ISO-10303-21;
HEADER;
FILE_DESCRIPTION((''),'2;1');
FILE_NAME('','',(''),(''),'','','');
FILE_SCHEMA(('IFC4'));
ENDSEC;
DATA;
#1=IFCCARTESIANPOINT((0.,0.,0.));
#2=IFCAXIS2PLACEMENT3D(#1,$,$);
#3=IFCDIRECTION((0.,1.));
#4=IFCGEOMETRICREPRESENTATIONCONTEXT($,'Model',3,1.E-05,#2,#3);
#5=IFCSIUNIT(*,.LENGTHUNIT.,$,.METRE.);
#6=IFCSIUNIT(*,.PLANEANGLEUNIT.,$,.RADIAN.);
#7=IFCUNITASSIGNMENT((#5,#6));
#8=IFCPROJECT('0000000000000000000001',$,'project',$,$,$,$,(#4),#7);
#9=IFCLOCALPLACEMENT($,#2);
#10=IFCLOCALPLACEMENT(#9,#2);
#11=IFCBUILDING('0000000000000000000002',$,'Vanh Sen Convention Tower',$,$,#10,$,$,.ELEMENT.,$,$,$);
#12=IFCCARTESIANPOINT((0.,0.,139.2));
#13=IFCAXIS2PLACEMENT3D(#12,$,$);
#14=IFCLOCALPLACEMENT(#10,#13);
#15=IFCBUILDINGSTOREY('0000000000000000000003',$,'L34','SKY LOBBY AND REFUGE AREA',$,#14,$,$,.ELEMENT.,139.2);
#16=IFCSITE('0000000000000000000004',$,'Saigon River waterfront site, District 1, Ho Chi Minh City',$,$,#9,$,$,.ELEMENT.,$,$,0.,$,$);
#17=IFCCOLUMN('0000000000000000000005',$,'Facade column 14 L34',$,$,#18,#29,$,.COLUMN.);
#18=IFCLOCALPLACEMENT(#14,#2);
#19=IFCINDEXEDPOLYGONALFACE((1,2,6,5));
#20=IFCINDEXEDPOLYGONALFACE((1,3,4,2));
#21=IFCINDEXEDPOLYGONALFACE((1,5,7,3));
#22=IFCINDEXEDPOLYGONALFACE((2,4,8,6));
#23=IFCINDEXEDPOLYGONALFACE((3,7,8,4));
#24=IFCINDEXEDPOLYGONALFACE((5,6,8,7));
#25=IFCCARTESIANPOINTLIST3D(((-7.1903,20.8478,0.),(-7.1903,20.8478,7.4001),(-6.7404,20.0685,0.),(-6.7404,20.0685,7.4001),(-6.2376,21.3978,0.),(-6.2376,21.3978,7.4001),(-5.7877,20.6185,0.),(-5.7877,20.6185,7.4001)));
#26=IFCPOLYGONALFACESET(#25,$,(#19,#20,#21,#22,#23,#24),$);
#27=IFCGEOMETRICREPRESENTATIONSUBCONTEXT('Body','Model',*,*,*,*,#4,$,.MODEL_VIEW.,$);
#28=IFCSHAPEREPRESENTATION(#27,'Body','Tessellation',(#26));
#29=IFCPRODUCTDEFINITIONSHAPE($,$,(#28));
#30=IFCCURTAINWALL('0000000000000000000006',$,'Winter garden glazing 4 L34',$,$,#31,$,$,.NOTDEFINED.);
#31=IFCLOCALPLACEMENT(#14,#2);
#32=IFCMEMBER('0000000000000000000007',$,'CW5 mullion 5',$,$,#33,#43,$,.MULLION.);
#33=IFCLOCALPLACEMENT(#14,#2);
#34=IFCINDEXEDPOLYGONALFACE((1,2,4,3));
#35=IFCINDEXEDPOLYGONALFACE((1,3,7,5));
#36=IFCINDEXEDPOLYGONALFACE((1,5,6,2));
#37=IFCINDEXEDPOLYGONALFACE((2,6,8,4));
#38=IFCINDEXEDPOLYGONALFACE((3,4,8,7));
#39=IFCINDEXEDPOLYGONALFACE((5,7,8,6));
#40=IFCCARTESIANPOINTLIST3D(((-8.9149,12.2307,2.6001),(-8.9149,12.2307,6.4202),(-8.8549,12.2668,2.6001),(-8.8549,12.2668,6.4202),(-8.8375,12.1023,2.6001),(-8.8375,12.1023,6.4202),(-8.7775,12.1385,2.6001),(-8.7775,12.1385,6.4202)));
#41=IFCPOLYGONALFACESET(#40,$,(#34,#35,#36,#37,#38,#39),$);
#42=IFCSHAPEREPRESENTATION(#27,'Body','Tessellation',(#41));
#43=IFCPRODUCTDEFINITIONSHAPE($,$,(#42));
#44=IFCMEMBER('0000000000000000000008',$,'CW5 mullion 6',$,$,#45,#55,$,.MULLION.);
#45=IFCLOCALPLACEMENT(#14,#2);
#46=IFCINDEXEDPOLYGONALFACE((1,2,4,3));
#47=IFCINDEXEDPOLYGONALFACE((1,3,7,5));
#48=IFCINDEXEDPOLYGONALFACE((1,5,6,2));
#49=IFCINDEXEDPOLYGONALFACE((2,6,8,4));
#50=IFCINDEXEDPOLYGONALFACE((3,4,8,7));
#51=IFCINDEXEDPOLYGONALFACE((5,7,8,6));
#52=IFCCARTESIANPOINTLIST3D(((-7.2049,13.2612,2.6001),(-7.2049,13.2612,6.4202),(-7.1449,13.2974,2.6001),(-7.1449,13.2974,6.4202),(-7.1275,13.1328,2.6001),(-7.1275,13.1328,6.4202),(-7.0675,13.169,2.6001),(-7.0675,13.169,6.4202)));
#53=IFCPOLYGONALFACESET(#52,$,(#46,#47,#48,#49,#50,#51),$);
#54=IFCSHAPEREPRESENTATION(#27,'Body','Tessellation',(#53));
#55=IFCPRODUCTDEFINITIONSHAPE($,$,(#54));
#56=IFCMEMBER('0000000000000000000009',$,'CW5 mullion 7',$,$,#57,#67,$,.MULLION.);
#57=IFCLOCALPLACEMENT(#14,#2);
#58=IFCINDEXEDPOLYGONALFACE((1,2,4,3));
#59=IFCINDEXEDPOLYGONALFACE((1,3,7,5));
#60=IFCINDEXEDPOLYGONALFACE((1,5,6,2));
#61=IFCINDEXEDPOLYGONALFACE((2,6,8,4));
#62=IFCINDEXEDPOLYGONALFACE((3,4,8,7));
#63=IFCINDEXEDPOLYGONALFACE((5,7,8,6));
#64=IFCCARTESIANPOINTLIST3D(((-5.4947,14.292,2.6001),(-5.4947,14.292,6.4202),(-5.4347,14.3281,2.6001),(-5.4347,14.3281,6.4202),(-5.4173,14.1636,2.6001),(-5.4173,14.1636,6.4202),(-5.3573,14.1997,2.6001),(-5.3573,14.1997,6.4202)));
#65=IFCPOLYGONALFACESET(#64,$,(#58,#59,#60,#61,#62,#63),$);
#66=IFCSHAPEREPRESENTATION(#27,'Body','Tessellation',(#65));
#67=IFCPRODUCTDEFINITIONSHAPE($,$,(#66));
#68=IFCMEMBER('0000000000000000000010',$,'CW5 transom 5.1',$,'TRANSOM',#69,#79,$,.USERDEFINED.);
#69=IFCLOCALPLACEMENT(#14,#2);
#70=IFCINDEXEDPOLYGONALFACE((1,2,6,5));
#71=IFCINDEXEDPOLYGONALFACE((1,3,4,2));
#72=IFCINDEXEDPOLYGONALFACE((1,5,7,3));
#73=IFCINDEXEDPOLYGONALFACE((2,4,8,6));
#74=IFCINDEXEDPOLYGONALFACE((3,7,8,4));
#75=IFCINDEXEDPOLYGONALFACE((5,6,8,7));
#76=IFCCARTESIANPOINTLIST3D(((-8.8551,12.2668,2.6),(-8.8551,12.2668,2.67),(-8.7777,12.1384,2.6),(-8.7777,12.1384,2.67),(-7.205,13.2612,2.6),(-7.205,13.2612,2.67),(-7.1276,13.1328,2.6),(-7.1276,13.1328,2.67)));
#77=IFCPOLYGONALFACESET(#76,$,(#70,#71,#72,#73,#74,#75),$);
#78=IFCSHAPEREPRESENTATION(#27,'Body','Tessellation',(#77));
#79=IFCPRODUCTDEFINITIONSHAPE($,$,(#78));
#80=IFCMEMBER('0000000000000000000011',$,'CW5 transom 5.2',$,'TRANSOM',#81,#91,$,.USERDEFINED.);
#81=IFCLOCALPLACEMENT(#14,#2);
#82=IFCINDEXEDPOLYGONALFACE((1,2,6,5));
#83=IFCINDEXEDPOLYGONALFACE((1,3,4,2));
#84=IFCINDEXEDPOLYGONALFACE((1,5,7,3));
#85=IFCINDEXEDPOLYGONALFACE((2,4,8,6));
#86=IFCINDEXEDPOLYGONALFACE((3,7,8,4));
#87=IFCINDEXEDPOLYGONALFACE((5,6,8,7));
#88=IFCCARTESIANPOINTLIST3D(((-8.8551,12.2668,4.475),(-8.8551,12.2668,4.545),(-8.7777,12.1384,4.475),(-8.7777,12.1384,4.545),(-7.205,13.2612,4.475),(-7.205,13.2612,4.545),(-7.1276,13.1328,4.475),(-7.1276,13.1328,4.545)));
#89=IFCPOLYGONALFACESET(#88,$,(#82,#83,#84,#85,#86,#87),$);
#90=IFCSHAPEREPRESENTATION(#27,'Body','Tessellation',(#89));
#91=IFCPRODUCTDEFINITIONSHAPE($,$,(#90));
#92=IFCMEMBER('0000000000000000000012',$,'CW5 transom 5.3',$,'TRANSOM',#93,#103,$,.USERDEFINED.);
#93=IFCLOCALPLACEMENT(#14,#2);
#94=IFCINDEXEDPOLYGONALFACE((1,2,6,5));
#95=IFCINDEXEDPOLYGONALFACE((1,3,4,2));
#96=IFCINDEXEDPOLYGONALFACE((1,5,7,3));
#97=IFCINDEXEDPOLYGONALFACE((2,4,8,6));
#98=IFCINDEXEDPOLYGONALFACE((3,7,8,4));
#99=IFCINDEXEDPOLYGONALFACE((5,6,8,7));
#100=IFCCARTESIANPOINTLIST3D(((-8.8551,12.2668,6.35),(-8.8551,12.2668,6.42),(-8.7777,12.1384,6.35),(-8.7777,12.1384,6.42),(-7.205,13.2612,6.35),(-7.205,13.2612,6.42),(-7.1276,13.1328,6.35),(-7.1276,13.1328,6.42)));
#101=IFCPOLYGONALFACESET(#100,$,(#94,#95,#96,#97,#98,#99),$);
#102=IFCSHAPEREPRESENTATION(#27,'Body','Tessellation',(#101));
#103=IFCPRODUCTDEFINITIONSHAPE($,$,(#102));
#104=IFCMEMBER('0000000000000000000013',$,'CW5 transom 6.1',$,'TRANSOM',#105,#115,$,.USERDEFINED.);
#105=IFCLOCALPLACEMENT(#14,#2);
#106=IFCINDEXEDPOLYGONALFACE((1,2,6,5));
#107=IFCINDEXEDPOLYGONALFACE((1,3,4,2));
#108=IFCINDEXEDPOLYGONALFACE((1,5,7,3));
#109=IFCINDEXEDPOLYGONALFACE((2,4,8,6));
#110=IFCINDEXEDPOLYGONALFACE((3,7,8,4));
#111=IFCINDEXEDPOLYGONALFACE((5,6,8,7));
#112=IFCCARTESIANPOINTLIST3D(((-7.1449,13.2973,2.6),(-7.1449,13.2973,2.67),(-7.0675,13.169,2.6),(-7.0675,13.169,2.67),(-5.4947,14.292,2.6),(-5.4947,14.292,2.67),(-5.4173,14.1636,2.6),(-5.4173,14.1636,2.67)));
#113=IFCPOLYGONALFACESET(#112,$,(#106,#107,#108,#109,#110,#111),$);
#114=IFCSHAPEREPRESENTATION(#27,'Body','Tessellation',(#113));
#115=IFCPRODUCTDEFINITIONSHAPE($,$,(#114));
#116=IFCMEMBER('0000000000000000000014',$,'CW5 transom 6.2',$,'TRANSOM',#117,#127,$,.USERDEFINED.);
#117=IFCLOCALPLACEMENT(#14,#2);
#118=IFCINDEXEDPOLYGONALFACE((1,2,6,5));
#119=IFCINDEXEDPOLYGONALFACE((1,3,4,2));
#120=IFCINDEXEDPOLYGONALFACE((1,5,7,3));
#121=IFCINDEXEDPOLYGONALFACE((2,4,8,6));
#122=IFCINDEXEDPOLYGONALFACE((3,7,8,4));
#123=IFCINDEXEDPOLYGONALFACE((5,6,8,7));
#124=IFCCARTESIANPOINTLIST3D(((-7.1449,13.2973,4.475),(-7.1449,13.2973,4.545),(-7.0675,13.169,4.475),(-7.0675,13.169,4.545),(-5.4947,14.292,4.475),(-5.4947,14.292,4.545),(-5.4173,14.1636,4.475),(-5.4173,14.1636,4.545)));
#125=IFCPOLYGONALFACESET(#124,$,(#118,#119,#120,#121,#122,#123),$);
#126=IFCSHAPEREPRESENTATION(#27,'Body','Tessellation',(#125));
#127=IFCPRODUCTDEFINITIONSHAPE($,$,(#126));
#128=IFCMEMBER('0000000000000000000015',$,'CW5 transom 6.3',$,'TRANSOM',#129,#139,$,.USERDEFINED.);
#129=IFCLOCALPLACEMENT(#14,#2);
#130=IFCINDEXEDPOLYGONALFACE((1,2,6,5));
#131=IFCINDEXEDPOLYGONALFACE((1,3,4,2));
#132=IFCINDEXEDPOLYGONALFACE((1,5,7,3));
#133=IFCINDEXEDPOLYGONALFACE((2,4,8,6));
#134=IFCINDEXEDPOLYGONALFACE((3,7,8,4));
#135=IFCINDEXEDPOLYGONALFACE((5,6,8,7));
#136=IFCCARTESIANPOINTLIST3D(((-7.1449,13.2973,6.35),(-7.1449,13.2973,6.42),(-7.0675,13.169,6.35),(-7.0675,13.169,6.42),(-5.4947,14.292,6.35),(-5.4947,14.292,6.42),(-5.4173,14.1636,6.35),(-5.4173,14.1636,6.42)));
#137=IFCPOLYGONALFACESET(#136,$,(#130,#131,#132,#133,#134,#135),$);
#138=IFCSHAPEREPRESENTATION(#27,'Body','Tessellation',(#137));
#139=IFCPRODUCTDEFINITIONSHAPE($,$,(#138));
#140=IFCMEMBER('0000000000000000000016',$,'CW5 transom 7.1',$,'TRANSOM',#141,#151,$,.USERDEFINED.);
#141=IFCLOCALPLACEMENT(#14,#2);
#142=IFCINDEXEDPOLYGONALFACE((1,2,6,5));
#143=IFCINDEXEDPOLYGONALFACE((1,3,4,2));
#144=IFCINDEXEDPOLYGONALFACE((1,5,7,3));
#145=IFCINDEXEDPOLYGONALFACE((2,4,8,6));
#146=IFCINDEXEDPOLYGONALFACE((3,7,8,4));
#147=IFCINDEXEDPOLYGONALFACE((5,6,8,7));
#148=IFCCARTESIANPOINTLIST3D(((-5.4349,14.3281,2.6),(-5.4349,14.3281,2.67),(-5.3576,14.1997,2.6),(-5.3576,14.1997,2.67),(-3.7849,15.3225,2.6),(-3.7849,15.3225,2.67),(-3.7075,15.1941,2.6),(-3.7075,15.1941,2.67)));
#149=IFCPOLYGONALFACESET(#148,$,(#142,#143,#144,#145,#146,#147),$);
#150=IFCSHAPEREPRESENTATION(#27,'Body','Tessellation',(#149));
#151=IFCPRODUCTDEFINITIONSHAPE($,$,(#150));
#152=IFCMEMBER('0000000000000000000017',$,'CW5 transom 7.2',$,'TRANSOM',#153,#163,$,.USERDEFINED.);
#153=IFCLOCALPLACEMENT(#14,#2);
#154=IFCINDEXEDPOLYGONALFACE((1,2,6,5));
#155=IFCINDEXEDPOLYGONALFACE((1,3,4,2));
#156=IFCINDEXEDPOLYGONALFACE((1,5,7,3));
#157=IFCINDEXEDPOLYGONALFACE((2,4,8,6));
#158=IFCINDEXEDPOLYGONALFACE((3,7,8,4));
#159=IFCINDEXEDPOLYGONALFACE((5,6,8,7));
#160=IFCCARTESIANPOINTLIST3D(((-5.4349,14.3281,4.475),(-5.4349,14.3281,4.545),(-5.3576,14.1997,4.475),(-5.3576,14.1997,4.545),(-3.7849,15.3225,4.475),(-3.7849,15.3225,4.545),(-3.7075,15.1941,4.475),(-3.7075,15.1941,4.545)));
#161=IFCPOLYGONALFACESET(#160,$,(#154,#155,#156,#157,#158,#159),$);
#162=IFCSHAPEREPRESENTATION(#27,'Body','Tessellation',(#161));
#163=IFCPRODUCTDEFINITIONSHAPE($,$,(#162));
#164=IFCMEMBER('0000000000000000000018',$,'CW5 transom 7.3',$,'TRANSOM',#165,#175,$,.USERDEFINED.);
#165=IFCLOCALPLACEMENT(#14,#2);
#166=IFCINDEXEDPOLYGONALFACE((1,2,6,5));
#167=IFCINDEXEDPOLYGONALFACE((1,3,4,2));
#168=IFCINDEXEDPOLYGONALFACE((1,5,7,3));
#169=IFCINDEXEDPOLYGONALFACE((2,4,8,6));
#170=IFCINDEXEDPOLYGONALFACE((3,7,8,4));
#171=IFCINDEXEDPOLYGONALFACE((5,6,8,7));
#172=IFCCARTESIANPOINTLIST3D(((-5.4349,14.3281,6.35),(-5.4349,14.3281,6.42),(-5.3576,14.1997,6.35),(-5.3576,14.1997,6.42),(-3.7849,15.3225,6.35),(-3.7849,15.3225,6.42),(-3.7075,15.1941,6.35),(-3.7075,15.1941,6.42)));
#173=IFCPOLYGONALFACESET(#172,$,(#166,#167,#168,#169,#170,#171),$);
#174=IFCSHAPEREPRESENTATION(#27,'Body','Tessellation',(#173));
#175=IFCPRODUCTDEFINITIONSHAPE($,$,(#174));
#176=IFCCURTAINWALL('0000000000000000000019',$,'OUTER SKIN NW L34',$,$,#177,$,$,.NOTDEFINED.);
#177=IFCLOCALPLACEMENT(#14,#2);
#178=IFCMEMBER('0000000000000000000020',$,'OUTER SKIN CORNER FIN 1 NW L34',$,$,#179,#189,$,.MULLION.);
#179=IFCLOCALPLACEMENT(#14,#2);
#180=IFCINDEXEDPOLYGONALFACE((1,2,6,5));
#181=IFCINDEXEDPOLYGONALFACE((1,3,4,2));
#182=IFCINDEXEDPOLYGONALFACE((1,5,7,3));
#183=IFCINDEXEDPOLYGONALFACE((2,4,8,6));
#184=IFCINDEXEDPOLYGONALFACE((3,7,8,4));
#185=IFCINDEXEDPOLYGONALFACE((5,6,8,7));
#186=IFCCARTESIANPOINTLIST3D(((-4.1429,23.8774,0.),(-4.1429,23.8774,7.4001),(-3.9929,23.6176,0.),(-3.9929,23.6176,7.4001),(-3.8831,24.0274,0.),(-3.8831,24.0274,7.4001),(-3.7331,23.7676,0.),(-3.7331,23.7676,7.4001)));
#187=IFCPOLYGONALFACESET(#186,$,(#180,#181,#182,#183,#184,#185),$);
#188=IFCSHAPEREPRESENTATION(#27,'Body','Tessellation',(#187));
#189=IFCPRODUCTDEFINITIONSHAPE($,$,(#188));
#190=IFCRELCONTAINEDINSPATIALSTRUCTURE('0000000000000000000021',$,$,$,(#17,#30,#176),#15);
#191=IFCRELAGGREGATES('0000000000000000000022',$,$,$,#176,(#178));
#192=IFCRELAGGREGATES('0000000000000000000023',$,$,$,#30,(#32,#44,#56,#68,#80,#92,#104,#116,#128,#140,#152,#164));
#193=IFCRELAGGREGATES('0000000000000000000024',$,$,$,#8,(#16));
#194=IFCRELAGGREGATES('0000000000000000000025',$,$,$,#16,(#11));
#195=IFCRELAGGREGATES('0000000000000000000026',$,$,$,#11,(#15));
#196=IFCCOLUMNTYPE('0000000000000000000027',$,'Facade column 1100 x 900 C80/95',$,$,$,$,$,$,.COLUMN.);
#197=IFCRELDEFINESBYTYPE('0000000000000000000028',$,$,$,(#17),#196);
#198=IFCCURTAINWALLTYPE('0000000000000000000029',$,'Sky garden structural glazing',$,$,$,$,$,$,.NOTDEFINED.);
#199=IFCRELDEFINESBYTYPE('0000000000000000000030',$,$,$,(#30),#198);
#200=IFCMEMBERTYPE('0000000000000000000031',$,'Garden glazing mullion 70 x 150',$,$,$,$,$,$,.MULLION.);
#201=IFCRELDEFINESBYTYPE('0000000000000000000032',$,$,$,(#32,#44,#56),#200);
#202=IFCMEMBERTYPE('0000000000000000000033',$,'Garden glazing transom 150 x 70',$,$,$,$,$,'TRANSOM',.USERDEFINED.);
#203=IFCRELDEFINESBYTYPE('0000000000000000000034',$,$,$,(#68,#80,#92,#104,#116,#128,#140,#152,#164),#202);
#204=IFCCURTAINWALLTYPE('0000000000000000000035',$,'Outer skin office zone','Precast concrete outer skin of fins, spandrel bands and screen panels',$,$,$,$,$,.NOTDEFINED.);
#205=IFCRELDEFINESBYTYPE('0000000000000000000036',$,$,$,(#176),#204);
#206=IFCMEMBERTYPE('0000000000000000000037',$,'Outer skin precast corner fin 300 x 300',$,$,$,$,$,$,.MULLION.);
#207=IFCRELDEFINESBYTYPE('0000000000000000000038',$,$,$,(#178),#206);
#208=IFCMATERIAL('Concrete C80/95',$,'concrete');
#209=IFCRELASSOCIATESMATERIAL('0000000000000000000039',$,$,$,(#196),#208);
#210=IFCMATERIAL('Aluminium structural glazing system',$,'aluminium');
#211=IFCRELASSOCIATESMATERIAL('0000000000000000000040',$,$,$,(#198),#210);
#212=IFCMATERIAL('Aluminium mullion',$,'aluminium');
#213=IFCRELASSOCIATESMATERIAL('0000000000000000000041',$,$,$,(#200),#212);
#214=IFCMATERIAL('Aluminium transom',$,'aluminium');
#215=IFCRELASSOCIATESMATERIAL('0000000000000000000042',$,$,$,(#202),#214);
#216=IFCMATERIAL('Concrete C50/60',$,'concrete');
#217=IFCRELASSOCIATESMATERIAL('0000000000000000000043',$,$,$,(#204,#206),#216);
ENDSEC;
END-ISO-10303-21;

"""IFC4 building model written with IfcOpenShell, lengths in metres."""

from ifc_helpers import new_model, si_unit, direction, frame, origin, origin_2d, place, context, subcontext, project, spatial, rectangle, extrude, material, material_profile, profile_set, type_object, element, aggregate, save


model = new_model("IFC4")

# Units and contexts
model_context = context("Model", 3, precision=1e-05, world=origin(), true_north=direction((0.0, 1.0)))
body_context = subcontext(model_context, "Body", "Model", "MODEL_VIEW")
ifc_project = project(units=[si_unit("LENGTHUNIT", "METRE"), si_unit("PLANEANGLEUNIT", "RADIAN")], contexts=[model_context])

# Site, building, storey
site_placement = place(None, origin())
site = spatial("IfcSite", under=ifc_project, at=site_placement, Name="Saigon River waterfront site, District 1, Ho Chi Minh City", CompositionType="ELEMENT", RefElevation=0.0)
building_placement = place(site_placement, origin())
building = spatial("IfcBuilding", under=site, at=building_placement, Name="Vanh Sen Convention Tower", CompositionType="ELEMENT")
storey_placement = place(building_placement, frame((0.0, 0.0, 139.2)))
storey = spatial("IfcBuildingStorey", under=building, at=storey_placement, Name="L34", Description="SKY LOBBY AND REFUGE AREA", CompositionType="ELEMENT", Elevation=139.2)

# Column
ifc_material_1 = material(Name="Concrete C80/95", Category="concrete")
ifc_material_profile_1 = material_profile(ifc_material_1, rectangle(XDim=1.1001, YDim=0.8999, at=origin_2d()), Name="RC 1100X900")
ifc_profile_set_1 = profile_set([ifc_material_profile_1], Name="Concrete C80/95")
column_type = type_object("IfcColumnType", Name="Facade column 1100 x 900 C80/95", PredefinedType="COLUMN", material=ifc_profile_set_1)
column_placement = place(storey_placement, frame((-6.489, 20.7332, 0.0), z_axis=(0.0, 0.0, 1.0), x_axis=(-0.866025, -0.5, 0.0)))
element("IfcColumn", 1, at=column_placement, inside=storey, type_object=column_type, Name="Facade column 14 L34", PredefinedType="COLUMN", context=body_context, shape_type="SweptSolid", body=[
    extrude(rectangle(XDim=1.1001, YDim=0.8999, at=origin_2d()), origin(), (0.0, 0.0, 1.0), 7.4001),
])

# Curtain walls, members
ifc_material_2 = material(Name="Aluminium structural glazing system", Category="aluminium")
curtain_wall_type_1 = type_object("IfcCurtainWallType", Name="Sky garden structural glazing", PredefinedType="NOTDEFINED", material=ifc_material_2)
curtain_wall_1_placement = place(storey_placement, origin())
curtain_wall_1 = element("IfcCurtainWall", 2, at=curtain_wall_1_placement, inside=storey, type_object=curtain_wall_type_1, Name="Winter garden glazing 4 L34", PredefinedType="NOTDEFINED")
ifc_material_3 = material(Name="Aluminium mullion", Category="aluminium")
ifc_material_profile_2 = material_profile(ifc_material_3, rectangle(XDim=0.1499, YDim=0.0701, at=origin_2d()), Name="Garden glazing mullion 70 x 150")
ifc_profile_set_2 = profile_set([ifc_material_profile_2], Name="Aluminium mullion")
member_type_1 = type_object("IfcMemberType", Name="Garden glazing mullion 70 x 150", PredefinedType="MULLION", material=ifc_profile_set_2)
member_1_placement = place(storey_placement, frame((-8.8462, 12.1846, 2.6001), z_axis=(0.0, 0.0, 1.0), x_axis=(-0.516176, 0.856483, 0.0)))
member_1 = element("IfcMember", 3, at=member_1_placement, type_object=member_type_1, Name="CW5 mullion 5", PredefinedType="MULLION", context=body_context, shape_type="SweptSolid", body=[
    extrude(rectangle(XDim=0.1499, YDim=0.0701, at=origin_2d()), origin(), (0.0, 0.0, 1.0), 3.8201),
])
member_2_placement = place(storey_placement, frame((-7.1362, 13.2151, 2.6001), z_axis=(0.0, 0.0, 1.0), x_axis=(-0.516176, 0.856483, 0.0)))
member_2 = element("IfcMember", 4, at=member_2_placement, type_object=member_type_1, Name="CW5 mullion 6", PredefinedType="MULLION", context=body_context, shape_type="SweptSolid", body=[
    extrude(rectangle(XDim=0.1499, YDim=0.0701, at=origin_2d()), origin(), (0.0, 0.0, 1.0), 3.8201),
])
member_3_placement = place(storey_placement, frame((-5.426, 14.2458, 2.6001), z_axis=(0.0, 0.0, 1.0), x_axis=(-0.516176, 0.856483, 0.0)))
member_3 = element("IfcMember", 5, at=member_3_placement, type_object=member_type_1, Name="CW5 mullion 7", PredefinedType="MULLION", context=body_context, shape_type="SweptSolid", body=[
    extrude(rectangle(XDim=0.1499, YDim=0.0701, at=origin_2d()), origin(), (0.0, 0.0, 1.0), 3.8201),
])
ifc_material_4 = material(Name="Aluminium transom", Category="aluminium")
ifc_material_profile_3 = material_profile(ifc_material_4, rectangle(XDim=0.1499, YDim=0.0701, at=origin_2d()), Name="Garden glazing transom 150 x 70")
ifc_profile_set_3 = profile_set([ifc_material_profile_3], Name="Aluminium transom")
member_type_2 = type_object("IfcMemberType", Name="Garden glazing transom 150 x 70", ElementType="TRANSOM", PredefinedType="USERDEFINED", material=ifc_profile_set_3)
member_4_placement = place(storey_placement, frame((-8.8164, 12.2026, 2.635), z_axis=(0.856507, 0.516135, 0.0), x_axis=(-0.516135, 0.856507, 0.0)))
member_4 = element("IfcMember", 6, at=member_4_placement, type_object=member_type_2, Name="CW5 transom 5.1", ObjectType="TRANSOM", PredefinedType="USERDEFINED", context=body_context, shape_type="SweptSolid", body=[
    extrude(rectangle(XDim=0.1499, YDim=0.0701, at=origin_2d()), origin(), (0.0, 0.0, 1.0), 1.9265),
])
member_5_placement = place(storey_placement, frame((-8.8164, 12.2026, 4.51), z_axis=(0.856507, 0.516135, 0.0), x_axis=(-0.516135, 0.856507, 0.0)))
member_5 = element("IfcMember", 7, at=member_5_placement, type_object=member_type_2, Name="CW5 transom 5.2", ObjectType="TRANSOM", PredefinedType="USERDEFINED", context=body_context, shape_type="SweptSolid", body=[
    extrude(rectangle(XDim=0.1499, YDim=0.0701, at=origin_2d()), origin(), (0.0, 0.0, 1.0), 1.9265),
])
member_6_placement = place(storey_placement, frame((-8.8164, 12.2026, 6.385), z_axis=(0.856507, 0.516135, 0.0), x_axis=(-0.516135, 0.856507, 0.0)))
member_6 = element("IfcMember", 8, at=member_6_placement, type_object=member_type_2, Name="CW5 transom 5.3", ObjectType="TRANSOM", PredefinedType="USERDEFINED", context=body_context, shape_type="SweptSolid", body=[
    extrude(rectangle(XDim=0.1499, YDim=0.0701, at=origin_2d()), origin(), (0.0, 0.0, 1.0), 1.9265),
])
member_7_placement = place(storey_placement, frame((-7.1062, 13.2332, 2.635), z_axis=(0.856451, 0.516228, 0.0), x_axis=(-0.516228, 0.856451, 0.0)))
member_7 = element("IfcMember", 9, at=member_7_placement, type_object=member_type_2, Name="CW5 transom 6.1", ObjectType="TRANSOM", PredefinedType="USERDEFINED", context=body_context, shape_type="SweptSolid", body=[
    extrude(rectangle(XDim=0.1499, YDim=0.0701, at=origin_2d()), origin(), (0.0, 0.0, 1.0), 1.9268),
])
member_8_placement = place(storey_placement, frame((-7.1062, 13.2332, 4.51), z_axis=(0.856451, 0.516228, 0.0), x_axis=(-0.516228, 0.856451, 0.0)))
member_8 = element("IfcMember", 10, at=member_8_placement, type_object=member_type_2, Name="CW5 transom 6.2", ObjectType="TRANSOM", PredefinedType="USERDEFINED", context=body_context, shape_type="SweptSolid", body=[
    extrude(rectangle(XDim=0.1499, YDim=0.0701, at=origin_2d()), origin(), (0.0, 0.0, 1.0), 1.9268),
])
member_9_placement = place(storey_placement, frame((-7.1062, 13.2332, 6.385), z_axis=(0.856451, 0.516228, 0.0), x_axis=(-0.516228, 0.856451, 0.0)))
member_9 = element("IfcMember", 11, at=member_9_placement, type_object=member_type_2, Name="CW5 transom 6.3", ObjectType="TRANSOM", PredefinedType="USERDEFINED", context=body_context, shape_type="SweptSolid", body=[
    extrude(rectangle(XDim=0.1499, YDim=0.0701, at=origin_2d()), origin(), (0.0, 0.0, 1.0), 1.9268),
])
member_10_placement = place(storey_placement, frame((-5.3962, 14.2639, 2.635), z_axis=(0.856507, 0.516135, 0.0), x_axis=(-0.516135, 0.856507, 0.0)))
member_10 = element("IfcMember", 12, at=member_10_placement, type_object=member_type_2, Name="CW5 transom 7.1", ObjectType="TRANSOM", PredefinedType="USERDEFINED", context=body_context, shape_type="SweptSolid", body=[
    extrude(rectangle(XDim=0.1499, YDim=0.0701, at=origin_2d()), origin(), (0.0, 0.0, 1.0), 1.9265),
])
member_11_placement = place(storey_placement, frame((-5.3962, 14.2639, 4.51), z_axis=(0.856507, 0.516135, 0.0), x_axis=(-0.516135, 0.856507, 0.0)))
member_11 = element("IfcMember", 13, at=member_11_placement, type_object=member_type_2, Name="CW5 transom 7.2", ObjectType="TRANSOM", PredefinedType="USERDEFINED", context=body_context, shape_type="SweptSolid", body=[
    extrude(rectangle(XDim=0.1499, YDim=0.0701, at=origin_2d()), origin(), (0.0, 0.0, 1.0), 1.9265),
])
member_12_placement = place(storey_placement, frame((-5.3962, 14.2639, 6.385), z_axis=(0.856507, 0.516135, 0.0), x_axis=(-0.516135, 0.856507, 0.0)))
member_12 = element("IfcMember", 14, at=member_12_placement, type_object=member_type_2, Name="CW5 transom 7.3", ObjectType="TRANSOM", PredefinedType="USERDEFINED", context=body_context, shape_type="SweptSolid", body=[
    extrude(rectangle(XDim=0.1499, YDim=0.0701, at=origin_2d()), origin(), (0.0, 0.0, 1.0), 1.9265),
])
ifc_material_5 = material(Name="Concrete C50/60", Category="concrete")
curtain_wall_type_2 = type_object("IfcCurtainWallType", Name="Outer skin office zone", Description="Precast concrete outer skin of fins, spandrel bands and screen panels", PredefinedType="NOTDEFINED", material=ifc_material_5)
curtain_wall_2_placement = place(storey_placement, origin())
curtain_wall_2 = element("IfcCurtainWall", 15, at=curtain_wall_2_placement, inside=storey, type_object=curtain_wall_type_2, Name="OUTER SKIN NW L34", PredefinedType="NOTDEFINED")
ifc_material_profile_4 = material_profile(ifc_material_5, rectangle(XDim=0.3, YDim=0.3, at=origin_2d()), Name="Outer skin precast corner fin 300 x 300")
ifc_profile_set_4 = profile_set([ifc_material_profile_4], Name="Concrete C50/60")
member_type_3 = type_object("IfcMemberType", Name="Outer skin precast corner fin 300 x 300", PredefinedType="MULLION", material=ifc_profile_set_4)
member_13_placement = place(storey_placement, frame((-3.938, 23.8225, 0.0), z_axis=(0.0, 0.0, 1.0), x_axis=(-0.866025, -0.5, 0.0)))
member_13 = element("IfcMember", 16, at=member_13_placement, type_object=member_type_3, Name="OUTER SKIN CORNER FIN 1 NW L34", PredefinedType="MULLION", context=body_context, shape_type="SweptSolid", body=[
    extrude(rectangle(XDim=0.3, YDim=0.3, at=origin_2d()), origin(), (0.0, 0.0, 1.0), 7.4001),
])
aggregate(curtain_wall_2, [member_13])

aggregate(curtain_wall_1, [member_1, member_2, member_3, member_4, member_5, member_6, member_7, member_8, member_9, member_10, member_11, member_12])

save(model, "model.ifc")
